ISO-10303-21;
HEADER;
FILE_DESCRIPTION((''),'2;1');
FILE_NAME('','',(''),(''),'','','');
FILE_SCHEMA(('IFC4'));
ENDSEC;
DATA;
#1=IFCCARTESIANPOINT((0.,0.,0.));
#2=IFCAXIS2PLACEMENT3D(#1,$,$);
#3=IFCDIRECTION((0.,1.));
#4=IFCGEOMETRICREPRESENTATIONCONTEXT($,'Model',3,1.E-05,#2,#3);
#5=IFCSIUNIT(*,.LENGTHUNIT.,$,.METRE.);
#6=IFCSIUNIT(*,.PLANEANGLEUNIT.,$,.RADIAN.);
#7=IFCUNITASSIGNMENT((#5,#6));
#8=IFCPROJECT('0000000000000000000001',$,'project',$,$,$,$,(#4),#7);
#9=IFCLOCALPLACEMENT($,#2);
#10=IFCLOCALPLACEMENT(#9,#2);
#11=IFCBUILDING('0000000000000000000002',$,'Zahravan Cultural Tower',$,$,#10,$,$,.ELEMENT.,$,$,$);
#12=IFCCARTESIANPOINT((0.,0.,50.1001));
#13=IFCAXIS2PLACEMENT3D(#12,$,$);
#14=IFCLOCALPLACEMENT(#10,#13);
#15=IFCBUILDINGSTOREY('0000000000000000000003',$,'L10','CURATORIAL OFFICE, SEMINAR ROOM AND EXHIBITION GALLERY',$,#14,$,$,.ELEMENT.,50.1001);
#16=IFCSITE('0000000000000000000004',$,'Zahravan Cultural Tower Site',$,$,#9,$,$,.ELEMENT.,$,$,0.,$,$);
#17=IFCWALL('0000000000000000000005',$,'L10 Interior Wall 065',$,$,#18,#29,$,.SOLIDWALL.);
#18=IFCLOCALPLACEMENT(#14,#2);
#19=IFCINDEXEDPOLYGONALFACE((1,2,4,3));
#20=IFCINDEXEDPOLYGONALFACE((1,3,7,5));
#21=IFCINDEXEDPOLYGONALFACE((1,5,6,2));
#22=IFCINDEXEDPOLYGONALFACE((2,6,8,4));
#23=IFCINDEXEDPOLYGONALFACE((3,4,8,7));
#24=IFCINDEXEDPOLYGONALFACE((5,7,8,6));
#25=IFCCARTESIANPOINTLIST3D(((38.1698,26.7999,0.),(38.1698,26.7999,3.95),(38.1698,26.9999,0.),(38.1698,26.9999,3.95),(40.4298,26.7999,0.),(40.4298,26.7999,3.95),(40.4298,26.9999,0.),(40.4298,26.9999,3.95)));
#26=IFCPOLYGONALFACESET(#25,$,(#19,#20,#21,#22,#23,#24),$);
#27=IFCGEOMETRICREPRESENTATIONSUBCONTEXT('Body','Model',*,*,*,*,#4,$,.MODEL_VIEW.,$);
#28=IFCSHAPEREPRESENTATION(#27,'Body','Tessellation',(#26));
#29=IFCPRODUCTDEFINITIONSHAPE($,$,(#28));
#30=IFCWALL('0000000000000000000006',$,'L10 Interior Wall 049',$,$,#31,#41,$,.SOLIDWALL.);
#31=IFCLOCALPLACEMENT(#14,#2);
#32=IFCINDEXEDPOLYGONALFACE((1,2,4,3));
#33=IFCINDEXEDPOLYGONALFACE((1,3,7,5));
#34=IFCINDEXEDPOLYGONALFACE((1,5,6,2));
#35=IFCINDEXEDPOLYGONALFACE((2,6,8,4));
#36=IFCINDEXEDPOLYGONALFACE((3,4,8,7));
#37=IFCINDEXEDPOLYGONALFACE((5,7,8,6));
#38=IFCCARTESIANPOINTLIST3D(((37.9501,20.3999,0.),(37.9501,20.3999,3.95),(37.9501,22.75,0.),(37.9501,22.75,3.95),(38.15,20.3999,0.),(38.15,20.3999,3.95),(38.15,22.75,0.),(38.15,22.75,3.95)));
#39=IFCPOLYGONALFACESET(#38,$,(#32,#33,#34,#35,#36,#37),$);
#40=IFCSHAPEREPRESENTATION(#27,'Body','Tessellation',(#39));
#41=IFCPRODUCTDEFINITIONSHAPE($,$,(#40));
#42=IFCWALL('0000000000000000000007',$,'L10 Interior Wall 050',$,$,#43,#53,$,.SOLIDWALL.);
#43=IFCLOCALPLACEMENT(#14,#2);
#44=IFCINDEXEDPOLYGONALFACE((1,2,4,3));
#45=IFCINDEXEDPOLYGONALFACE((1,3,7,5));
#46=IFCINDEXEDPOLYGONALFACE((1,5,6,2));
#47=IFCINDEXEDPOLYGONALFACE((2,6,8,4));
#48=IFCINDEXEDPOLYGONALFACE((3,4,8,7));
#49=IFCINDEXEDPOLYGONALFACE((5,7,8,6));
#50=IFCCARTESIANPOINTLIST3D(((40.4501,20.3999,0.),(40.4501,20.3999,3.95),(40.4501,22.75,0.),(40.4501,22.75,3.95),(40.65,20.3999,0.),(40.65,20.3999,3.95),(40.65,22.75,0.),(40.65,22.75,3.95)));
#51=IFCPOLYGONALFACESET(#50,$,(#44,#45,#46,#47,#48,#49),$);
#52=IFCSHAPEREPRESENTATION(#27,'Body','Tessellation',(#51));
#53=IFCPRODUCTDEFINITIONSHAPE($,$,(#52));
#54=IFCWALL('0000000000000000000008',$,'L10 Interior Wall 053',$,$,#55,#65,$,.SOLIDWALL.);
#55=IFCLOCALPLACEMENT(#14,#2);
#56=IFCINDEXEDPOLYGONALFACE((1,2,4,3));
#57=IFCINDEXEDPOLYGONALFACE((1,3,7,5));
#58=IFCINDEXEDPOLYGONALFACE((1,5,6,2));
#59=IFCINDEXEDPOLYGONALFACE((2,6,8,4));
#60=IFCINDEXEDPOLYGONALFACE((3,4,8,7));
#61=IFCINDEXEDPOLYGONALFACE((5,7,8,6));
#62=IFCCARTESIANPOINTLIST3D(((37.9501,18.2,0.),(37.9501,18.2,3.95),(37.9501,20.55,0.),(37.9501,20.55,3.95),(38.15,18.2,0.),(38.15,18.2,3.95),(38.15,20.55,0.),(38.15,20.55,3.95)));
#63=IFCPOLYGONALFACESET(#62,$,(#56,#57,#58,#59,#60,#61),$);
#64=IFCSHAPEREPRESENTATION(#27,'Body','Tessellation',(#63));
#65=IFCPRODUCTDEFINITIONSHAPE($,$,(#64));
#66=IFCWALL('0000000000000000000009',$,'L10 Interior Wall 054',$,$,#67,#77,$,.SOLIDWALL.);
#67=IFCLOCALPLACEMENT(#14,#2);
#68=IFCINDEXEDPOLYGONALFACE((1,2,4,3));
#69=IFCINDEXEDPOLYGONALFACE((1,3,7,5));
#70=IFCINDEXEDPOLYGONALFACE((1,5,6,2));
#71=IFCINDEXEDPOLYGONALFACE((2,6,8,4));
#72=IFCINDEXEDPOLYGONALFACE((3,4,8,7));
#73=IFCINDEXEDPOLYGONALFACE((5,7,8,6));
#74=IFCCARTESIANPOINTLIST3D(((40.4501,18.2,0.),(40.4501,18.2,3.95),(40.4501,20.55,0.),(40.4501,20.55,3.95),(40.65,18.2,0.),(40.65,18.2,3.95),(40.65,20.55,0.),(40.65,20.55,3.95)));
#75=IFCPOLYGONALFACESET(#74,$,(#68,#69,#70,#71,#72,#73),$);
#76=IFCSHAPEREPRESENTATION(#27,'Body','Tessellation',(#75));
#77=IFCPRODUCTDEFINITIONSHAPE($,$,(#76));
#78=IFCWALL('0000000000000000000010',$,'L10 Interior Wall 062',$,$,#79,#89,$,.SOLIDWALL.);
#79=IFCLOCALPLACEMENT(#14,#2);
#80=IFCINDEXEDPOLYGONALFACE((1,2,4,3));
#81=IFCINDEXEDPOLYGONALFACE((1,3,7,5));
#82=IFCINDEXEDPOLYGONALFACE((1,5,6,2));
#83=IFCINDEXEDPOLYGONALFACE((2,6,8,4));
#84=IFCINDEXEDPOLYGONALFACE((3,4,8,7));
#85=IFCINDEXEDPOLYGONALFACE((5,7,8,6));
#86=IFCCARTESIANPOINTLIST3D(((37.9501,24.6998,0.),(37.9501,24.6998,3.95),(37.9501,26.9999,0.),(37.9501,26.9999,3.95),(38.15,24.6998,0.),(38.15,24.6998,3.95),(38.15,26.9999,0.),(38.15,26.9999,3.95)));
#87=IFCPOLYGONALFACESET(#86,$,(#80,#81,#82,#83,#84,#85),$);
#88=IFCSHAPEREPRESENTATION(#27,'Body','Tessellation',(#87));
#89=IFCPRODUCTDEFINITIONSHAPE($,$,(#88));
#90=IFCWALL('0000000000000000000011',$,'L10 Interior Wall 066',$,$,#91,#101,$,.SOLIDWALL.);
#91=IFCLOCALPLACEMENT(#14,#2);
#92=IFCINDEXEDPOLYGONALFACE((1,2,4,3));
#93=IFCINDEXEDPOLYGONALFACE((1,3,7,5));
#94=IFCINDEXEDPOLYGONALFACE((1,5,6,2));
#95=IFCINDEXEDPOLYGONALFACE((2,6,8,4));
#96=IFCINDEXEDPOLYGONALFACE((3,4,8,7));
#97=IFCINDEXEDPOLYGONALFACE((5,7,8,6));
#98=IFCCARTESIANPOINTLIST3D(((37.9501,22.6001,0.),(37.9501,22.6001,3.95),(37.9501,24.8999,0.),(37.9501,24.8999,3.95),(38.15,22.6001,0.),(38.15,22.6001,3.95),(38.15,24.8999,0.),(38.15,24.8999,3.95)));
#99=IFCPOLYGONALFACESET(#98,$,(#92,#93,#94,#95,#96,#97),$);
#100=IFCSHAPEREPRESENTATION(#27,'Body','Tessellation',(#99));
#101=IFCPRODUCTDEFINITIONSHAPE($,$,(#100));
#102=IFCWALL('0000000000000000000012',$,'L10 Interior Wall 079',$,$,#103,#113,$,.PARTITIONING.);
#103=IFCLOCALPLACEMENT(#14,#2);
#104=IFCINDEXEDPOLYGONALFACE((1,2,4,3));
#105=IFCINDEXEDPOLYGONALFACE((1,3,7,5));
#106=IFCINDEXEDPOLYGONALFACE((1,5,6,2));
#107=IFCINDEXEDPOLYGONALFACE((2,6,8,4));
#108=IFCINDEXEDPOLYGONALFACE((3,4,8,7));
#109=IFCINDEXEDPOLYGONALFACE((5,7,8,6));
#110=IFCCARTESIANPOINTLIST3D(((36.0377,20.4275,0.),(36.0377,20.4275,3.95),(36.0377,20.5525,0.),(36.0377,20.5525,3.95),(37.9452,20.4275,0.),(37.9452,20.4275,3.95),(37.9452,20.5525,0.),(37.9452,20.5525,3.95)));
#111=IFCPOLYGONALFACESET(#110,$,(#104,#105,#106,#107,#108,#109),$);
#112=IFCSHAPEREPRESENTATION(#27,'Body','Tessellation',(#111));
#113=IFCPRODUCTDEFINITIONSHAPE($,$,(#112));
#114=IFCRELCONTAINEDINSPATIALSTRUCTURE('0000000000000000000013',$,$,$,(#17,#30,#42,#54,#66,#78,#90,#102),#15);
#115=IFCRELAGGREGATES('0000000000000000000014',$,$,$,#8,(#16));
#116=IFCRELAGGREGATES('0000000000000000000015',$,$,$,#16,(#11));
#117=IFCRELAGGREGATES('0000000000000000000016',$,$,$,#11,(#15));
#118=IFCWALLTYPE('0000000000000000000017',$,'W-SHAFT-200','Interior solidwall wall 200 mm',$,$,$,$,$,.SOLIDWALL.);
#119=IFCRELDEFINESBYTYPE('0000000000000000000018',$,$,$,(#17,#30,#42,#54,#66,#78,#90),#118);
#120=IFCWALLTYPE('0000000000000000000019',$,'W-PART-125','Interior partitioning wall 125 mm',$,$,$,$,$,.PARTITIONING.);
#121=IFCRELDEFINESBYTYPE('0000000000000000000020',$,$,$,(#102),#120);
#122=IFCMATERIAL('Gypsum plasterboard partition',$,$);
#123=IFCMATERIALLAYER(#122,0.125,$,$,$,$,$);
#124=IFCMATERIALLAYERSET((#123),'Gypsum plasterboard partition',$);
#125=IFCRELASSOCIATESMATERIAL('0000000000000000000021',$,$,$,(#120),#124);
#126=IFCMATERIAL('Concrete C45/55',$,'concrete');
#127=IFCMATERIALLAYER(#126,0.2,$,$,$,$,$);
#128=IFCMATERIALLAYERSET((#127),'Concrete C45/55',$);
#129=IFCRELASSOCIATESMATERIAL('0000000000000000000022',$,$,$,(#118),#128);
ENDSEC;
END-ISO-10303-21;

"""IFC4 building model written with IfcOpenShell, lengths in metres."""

from ifc_helpers import new_model, si_unit, direction, frame, frame_2d, origin, place, context, subcontext, project, spatial, rectangle, extrude, source, transform, mapped, material, layer, layer_set, type_object, element, save


model = new_model("IFC4")

# Units and contexts
model_context = context("Model", 3, precision=1e-05, world=origin(), true_north=direction((0.0, 1.0)))
body_context = subcontext(model_context, "Body", "Model", "MODEL_VIEW")
ifc_project = project(units=[si_unit("LENGTHUNIT", "METRE"), si_unit("PLANEANGLEUNIT", "RADIAN")], contexts=[model_context])

# Site, building, storey
site_placement = place(None, origin())
site = spatial("IfcSite", under=ifc_project, at=site_placement, Name="Zahravan Cultural Tower Site", CompositionType="ELEMENT", RefElevation=0.0)
building_placement = place(site_placement, origin())
building = spatial("IfcBuilding", under=site, at=building_placement, Name="Zahravan Cultural Tower", CompositionType="ELEMENT")
storey_placement = place(building_placement, frame((0.0, 0.0, 50.1001)))
storey = spatial("IfcBuildingStorey", under=building, at=storey_placement, Name="L10", Description="CURATORIAL OFFICE, SEMINAR ROOM AND EXHIBITION GALLERY", CompositionType="ELEMENT", Elevation=50.1001)

# Shared definitions
ifc_material_1 = material(Name="Gypsum plasterboard partition")
ifc_layer_1 = layer(ifc_material_1, 0.125)
ifc_layer_set_1 = layer_set([ifc_layer_1], Name="Gypsum plasterboard partition")
wall_type_1 = type_object("IfcWallType", Name="W-PART-125", Description="Interior partitioning wall 125 mm", PredefinedType="PARTITIONING", material=ifc_layer_set_1)
ifc_material_2 = material(Name="Concrete C45/55", Category="concrete")
ifc_layer_2 = layer(ifc_material_2, 0.2)
ifc_layer_set_2 = layer_set([ifc_layer_2], Name="Concrete C45/55")
wall_type_2 = type_object("IfcWallType", Name="W-SHAFT-200", Description="Interior solidwall wall 200 mm", PredefinedType="SOLIDWALL", material=ifc_layer_set_2)

# Walls
shared_shape_1 = source(origin(), body_context, "Body", "SweptSolid", [
    extrude(rectangle(XDim=2.26, YDim=0.2, at=frame_2d((1.1299, 0.0))), origin(), (0.0, 0.0, 1.0), 3.95),
])
for number, where, z_axis, x_axis, name in (
    (1, (38.1699, 26.8999, 0.0), (0.0, 0.0, 1.0), (1.0, 0.0, 0.0), "L10 Interior Wall 065"),
):
    element("IfcWall", number, at=place(storey_placement, frame(where, z_axis=z_axis, x_axis=x_axis)), inside=storey, type_object=wall_type_2, Name=name, PredefinedType="SOLIDWALL", context=body_context, shape_type="MappedRepresentation", body=[
        mapped(shared_shape_1, transform((0.0, 0.0, 0.0), x_axis=(1.0, 0.0, 0.0), y_axis=(0.0, 1.0, 0.0), z_axis=(0.0, 0.0, 1.0), scale=1.0)),
    ])
shared_shape_2 = source(origin(), body_context, "Body", "SweptSolid", [
    extrude(rectangle(XDim=2.3501, YDim=0.2, at=frame_2d((1.175, 0.0))), origin(), (0.0, 0.0, 1.0), 3.95),
])
for number, where, z_axis, x_axis, name in (
    (2, (38.05, 20.3999, 0.0), (0.0, 0.0, 1.0), (0.0, 1.0, 0.0), "L10 Interior Wall 049"),
    (3, (40.55, 20.3999, 0.0), (0.0, 0.0, 1.0), (0.0, 1.0, 0.0), "L10 Interior Wall 050"),
    (4, (38.05, 18.2, 0.0), (0.0, 0.0, 1.0), (0.0, 1.0, 0.0), "L10 Interior Wall 053"),
    (5, (40.55, 18.2, 0.0), (0.0, 0.0, 1.0), (0.0, 1.0, 0.0), "L10 Interior Wall 054"),
):
    element("IfcWall", number, at=place(storey_placement, frame(where, z_axis=z_axis, x_axis=x_axis)), inside=storey, type_object=wall_type_2, Name=name, PredefinedType="SOLIDWALL", context=body_context, shape_type="MappedRepresentation", body=[
        mapped(shared_shape_2, transform((0.0, 0.0, 0.0), x_axis=(1.0, 0.0, 0.0), y_axis=(0.0, 1.0, 0.0), z_axis=(0.0, 0.0, 1.0), scale=1.0)),
    ])
shared_shape_3 = source(origin(), body_context, "Body", "SweptSolid", [
    extrude(rectangle(XDim=2.3, YDim=0.2, at=frame_2d((1.1499, 0.0))), origin(), (0.0, 0.0, 1.0), 3.95),
])
wall_1_placement = place(storey_placement, frame((38.05, 24.7, 0.0), z_axis=(0.0, 0.0, 1.0), x_axis=(0.0, 1.0, 0.0)))
element("IfcWall", 6, at=wall_1_placement, inside=storey, type_object=wall_type_2, Name="L10 Interior Wall 062", PredefinedType="SOLIDWALL", context=body_context, shape_type="MappedRepresentation", body=[
    mapped(shared_shape_3, transform((0.0, 0.0, 0.0), x_axis=(1.0, 0.0, 0.0), y_axis=(0.0, 1.0, 0.0), z_axis=(0.0, 0.0, 1.0), scale=1.0)),
])
shared_shape_4 = source(origin(), body_context, "Body", "SweptSolid", [
    extrude(rectangle(XDim=2.2998, YDim=0.2, at=frame_2d((1.1499, 0.0))), origin(), (0.0, 0.0, 1.0), 3.95),
])
wall_2_placement = place(storey_placement, frame((38.05, 22.6001, 0.0), z_axis=(0.0, 0.0, 1.0), x_axis=(0.0, 1.0, 0.0)))
element("IfcWall", 7, at=wall_2_placement, inside=storey, type_object=wall_type_2, Name="L10 Interior Wall 066", PredefinedType="SOLIDWALL", context=body_context, shape_type="MappedRepresentation", body=[
    mapped(shared_shape_4, transform((0.0, 0.0, 0.0), x_axis=(1.0, 0.0, 0.0), y_axis=(0.0, 1.0, 0.0), z_axis=(0.0, 0.0, 1.0), scale=1.0)),
])
shared_shape_5 = source(origin(), body_context, "Body", "SweptSolid", [
    extrude(rectangle(XDim=1.9075, YDim=0.125, at=frame_2d((0.9536, 0.0))), origin(), (0.0, 0.0, 1.0), 3.95),
])
wall_3_placement = place(storey_placement, frame((37.9451, 20.49, 0.0), z_axis=(0.0, 0.0, 1.0), x_axis=(-1.0, 0.0, 0.0)))
element("IfcWall", 8, at=wall_3_placement, inside=storey, type_object=wall_type_1, Name="L10 Interior Wall 079", PredefinedType="PARTITIONING", context=body_context, shape_type="MappedRepresentation", body=[
    mapped(shared_shape_5, transform((0.0, 0.0, 0.0), x_axis=(1.0, 0.0, 0.0), y_axis=(0.0, 1.0, 0.0), z_axis=(0.0, 0.0, 1.0), scale=1.0)),
])

save(model, "model.ifc")
